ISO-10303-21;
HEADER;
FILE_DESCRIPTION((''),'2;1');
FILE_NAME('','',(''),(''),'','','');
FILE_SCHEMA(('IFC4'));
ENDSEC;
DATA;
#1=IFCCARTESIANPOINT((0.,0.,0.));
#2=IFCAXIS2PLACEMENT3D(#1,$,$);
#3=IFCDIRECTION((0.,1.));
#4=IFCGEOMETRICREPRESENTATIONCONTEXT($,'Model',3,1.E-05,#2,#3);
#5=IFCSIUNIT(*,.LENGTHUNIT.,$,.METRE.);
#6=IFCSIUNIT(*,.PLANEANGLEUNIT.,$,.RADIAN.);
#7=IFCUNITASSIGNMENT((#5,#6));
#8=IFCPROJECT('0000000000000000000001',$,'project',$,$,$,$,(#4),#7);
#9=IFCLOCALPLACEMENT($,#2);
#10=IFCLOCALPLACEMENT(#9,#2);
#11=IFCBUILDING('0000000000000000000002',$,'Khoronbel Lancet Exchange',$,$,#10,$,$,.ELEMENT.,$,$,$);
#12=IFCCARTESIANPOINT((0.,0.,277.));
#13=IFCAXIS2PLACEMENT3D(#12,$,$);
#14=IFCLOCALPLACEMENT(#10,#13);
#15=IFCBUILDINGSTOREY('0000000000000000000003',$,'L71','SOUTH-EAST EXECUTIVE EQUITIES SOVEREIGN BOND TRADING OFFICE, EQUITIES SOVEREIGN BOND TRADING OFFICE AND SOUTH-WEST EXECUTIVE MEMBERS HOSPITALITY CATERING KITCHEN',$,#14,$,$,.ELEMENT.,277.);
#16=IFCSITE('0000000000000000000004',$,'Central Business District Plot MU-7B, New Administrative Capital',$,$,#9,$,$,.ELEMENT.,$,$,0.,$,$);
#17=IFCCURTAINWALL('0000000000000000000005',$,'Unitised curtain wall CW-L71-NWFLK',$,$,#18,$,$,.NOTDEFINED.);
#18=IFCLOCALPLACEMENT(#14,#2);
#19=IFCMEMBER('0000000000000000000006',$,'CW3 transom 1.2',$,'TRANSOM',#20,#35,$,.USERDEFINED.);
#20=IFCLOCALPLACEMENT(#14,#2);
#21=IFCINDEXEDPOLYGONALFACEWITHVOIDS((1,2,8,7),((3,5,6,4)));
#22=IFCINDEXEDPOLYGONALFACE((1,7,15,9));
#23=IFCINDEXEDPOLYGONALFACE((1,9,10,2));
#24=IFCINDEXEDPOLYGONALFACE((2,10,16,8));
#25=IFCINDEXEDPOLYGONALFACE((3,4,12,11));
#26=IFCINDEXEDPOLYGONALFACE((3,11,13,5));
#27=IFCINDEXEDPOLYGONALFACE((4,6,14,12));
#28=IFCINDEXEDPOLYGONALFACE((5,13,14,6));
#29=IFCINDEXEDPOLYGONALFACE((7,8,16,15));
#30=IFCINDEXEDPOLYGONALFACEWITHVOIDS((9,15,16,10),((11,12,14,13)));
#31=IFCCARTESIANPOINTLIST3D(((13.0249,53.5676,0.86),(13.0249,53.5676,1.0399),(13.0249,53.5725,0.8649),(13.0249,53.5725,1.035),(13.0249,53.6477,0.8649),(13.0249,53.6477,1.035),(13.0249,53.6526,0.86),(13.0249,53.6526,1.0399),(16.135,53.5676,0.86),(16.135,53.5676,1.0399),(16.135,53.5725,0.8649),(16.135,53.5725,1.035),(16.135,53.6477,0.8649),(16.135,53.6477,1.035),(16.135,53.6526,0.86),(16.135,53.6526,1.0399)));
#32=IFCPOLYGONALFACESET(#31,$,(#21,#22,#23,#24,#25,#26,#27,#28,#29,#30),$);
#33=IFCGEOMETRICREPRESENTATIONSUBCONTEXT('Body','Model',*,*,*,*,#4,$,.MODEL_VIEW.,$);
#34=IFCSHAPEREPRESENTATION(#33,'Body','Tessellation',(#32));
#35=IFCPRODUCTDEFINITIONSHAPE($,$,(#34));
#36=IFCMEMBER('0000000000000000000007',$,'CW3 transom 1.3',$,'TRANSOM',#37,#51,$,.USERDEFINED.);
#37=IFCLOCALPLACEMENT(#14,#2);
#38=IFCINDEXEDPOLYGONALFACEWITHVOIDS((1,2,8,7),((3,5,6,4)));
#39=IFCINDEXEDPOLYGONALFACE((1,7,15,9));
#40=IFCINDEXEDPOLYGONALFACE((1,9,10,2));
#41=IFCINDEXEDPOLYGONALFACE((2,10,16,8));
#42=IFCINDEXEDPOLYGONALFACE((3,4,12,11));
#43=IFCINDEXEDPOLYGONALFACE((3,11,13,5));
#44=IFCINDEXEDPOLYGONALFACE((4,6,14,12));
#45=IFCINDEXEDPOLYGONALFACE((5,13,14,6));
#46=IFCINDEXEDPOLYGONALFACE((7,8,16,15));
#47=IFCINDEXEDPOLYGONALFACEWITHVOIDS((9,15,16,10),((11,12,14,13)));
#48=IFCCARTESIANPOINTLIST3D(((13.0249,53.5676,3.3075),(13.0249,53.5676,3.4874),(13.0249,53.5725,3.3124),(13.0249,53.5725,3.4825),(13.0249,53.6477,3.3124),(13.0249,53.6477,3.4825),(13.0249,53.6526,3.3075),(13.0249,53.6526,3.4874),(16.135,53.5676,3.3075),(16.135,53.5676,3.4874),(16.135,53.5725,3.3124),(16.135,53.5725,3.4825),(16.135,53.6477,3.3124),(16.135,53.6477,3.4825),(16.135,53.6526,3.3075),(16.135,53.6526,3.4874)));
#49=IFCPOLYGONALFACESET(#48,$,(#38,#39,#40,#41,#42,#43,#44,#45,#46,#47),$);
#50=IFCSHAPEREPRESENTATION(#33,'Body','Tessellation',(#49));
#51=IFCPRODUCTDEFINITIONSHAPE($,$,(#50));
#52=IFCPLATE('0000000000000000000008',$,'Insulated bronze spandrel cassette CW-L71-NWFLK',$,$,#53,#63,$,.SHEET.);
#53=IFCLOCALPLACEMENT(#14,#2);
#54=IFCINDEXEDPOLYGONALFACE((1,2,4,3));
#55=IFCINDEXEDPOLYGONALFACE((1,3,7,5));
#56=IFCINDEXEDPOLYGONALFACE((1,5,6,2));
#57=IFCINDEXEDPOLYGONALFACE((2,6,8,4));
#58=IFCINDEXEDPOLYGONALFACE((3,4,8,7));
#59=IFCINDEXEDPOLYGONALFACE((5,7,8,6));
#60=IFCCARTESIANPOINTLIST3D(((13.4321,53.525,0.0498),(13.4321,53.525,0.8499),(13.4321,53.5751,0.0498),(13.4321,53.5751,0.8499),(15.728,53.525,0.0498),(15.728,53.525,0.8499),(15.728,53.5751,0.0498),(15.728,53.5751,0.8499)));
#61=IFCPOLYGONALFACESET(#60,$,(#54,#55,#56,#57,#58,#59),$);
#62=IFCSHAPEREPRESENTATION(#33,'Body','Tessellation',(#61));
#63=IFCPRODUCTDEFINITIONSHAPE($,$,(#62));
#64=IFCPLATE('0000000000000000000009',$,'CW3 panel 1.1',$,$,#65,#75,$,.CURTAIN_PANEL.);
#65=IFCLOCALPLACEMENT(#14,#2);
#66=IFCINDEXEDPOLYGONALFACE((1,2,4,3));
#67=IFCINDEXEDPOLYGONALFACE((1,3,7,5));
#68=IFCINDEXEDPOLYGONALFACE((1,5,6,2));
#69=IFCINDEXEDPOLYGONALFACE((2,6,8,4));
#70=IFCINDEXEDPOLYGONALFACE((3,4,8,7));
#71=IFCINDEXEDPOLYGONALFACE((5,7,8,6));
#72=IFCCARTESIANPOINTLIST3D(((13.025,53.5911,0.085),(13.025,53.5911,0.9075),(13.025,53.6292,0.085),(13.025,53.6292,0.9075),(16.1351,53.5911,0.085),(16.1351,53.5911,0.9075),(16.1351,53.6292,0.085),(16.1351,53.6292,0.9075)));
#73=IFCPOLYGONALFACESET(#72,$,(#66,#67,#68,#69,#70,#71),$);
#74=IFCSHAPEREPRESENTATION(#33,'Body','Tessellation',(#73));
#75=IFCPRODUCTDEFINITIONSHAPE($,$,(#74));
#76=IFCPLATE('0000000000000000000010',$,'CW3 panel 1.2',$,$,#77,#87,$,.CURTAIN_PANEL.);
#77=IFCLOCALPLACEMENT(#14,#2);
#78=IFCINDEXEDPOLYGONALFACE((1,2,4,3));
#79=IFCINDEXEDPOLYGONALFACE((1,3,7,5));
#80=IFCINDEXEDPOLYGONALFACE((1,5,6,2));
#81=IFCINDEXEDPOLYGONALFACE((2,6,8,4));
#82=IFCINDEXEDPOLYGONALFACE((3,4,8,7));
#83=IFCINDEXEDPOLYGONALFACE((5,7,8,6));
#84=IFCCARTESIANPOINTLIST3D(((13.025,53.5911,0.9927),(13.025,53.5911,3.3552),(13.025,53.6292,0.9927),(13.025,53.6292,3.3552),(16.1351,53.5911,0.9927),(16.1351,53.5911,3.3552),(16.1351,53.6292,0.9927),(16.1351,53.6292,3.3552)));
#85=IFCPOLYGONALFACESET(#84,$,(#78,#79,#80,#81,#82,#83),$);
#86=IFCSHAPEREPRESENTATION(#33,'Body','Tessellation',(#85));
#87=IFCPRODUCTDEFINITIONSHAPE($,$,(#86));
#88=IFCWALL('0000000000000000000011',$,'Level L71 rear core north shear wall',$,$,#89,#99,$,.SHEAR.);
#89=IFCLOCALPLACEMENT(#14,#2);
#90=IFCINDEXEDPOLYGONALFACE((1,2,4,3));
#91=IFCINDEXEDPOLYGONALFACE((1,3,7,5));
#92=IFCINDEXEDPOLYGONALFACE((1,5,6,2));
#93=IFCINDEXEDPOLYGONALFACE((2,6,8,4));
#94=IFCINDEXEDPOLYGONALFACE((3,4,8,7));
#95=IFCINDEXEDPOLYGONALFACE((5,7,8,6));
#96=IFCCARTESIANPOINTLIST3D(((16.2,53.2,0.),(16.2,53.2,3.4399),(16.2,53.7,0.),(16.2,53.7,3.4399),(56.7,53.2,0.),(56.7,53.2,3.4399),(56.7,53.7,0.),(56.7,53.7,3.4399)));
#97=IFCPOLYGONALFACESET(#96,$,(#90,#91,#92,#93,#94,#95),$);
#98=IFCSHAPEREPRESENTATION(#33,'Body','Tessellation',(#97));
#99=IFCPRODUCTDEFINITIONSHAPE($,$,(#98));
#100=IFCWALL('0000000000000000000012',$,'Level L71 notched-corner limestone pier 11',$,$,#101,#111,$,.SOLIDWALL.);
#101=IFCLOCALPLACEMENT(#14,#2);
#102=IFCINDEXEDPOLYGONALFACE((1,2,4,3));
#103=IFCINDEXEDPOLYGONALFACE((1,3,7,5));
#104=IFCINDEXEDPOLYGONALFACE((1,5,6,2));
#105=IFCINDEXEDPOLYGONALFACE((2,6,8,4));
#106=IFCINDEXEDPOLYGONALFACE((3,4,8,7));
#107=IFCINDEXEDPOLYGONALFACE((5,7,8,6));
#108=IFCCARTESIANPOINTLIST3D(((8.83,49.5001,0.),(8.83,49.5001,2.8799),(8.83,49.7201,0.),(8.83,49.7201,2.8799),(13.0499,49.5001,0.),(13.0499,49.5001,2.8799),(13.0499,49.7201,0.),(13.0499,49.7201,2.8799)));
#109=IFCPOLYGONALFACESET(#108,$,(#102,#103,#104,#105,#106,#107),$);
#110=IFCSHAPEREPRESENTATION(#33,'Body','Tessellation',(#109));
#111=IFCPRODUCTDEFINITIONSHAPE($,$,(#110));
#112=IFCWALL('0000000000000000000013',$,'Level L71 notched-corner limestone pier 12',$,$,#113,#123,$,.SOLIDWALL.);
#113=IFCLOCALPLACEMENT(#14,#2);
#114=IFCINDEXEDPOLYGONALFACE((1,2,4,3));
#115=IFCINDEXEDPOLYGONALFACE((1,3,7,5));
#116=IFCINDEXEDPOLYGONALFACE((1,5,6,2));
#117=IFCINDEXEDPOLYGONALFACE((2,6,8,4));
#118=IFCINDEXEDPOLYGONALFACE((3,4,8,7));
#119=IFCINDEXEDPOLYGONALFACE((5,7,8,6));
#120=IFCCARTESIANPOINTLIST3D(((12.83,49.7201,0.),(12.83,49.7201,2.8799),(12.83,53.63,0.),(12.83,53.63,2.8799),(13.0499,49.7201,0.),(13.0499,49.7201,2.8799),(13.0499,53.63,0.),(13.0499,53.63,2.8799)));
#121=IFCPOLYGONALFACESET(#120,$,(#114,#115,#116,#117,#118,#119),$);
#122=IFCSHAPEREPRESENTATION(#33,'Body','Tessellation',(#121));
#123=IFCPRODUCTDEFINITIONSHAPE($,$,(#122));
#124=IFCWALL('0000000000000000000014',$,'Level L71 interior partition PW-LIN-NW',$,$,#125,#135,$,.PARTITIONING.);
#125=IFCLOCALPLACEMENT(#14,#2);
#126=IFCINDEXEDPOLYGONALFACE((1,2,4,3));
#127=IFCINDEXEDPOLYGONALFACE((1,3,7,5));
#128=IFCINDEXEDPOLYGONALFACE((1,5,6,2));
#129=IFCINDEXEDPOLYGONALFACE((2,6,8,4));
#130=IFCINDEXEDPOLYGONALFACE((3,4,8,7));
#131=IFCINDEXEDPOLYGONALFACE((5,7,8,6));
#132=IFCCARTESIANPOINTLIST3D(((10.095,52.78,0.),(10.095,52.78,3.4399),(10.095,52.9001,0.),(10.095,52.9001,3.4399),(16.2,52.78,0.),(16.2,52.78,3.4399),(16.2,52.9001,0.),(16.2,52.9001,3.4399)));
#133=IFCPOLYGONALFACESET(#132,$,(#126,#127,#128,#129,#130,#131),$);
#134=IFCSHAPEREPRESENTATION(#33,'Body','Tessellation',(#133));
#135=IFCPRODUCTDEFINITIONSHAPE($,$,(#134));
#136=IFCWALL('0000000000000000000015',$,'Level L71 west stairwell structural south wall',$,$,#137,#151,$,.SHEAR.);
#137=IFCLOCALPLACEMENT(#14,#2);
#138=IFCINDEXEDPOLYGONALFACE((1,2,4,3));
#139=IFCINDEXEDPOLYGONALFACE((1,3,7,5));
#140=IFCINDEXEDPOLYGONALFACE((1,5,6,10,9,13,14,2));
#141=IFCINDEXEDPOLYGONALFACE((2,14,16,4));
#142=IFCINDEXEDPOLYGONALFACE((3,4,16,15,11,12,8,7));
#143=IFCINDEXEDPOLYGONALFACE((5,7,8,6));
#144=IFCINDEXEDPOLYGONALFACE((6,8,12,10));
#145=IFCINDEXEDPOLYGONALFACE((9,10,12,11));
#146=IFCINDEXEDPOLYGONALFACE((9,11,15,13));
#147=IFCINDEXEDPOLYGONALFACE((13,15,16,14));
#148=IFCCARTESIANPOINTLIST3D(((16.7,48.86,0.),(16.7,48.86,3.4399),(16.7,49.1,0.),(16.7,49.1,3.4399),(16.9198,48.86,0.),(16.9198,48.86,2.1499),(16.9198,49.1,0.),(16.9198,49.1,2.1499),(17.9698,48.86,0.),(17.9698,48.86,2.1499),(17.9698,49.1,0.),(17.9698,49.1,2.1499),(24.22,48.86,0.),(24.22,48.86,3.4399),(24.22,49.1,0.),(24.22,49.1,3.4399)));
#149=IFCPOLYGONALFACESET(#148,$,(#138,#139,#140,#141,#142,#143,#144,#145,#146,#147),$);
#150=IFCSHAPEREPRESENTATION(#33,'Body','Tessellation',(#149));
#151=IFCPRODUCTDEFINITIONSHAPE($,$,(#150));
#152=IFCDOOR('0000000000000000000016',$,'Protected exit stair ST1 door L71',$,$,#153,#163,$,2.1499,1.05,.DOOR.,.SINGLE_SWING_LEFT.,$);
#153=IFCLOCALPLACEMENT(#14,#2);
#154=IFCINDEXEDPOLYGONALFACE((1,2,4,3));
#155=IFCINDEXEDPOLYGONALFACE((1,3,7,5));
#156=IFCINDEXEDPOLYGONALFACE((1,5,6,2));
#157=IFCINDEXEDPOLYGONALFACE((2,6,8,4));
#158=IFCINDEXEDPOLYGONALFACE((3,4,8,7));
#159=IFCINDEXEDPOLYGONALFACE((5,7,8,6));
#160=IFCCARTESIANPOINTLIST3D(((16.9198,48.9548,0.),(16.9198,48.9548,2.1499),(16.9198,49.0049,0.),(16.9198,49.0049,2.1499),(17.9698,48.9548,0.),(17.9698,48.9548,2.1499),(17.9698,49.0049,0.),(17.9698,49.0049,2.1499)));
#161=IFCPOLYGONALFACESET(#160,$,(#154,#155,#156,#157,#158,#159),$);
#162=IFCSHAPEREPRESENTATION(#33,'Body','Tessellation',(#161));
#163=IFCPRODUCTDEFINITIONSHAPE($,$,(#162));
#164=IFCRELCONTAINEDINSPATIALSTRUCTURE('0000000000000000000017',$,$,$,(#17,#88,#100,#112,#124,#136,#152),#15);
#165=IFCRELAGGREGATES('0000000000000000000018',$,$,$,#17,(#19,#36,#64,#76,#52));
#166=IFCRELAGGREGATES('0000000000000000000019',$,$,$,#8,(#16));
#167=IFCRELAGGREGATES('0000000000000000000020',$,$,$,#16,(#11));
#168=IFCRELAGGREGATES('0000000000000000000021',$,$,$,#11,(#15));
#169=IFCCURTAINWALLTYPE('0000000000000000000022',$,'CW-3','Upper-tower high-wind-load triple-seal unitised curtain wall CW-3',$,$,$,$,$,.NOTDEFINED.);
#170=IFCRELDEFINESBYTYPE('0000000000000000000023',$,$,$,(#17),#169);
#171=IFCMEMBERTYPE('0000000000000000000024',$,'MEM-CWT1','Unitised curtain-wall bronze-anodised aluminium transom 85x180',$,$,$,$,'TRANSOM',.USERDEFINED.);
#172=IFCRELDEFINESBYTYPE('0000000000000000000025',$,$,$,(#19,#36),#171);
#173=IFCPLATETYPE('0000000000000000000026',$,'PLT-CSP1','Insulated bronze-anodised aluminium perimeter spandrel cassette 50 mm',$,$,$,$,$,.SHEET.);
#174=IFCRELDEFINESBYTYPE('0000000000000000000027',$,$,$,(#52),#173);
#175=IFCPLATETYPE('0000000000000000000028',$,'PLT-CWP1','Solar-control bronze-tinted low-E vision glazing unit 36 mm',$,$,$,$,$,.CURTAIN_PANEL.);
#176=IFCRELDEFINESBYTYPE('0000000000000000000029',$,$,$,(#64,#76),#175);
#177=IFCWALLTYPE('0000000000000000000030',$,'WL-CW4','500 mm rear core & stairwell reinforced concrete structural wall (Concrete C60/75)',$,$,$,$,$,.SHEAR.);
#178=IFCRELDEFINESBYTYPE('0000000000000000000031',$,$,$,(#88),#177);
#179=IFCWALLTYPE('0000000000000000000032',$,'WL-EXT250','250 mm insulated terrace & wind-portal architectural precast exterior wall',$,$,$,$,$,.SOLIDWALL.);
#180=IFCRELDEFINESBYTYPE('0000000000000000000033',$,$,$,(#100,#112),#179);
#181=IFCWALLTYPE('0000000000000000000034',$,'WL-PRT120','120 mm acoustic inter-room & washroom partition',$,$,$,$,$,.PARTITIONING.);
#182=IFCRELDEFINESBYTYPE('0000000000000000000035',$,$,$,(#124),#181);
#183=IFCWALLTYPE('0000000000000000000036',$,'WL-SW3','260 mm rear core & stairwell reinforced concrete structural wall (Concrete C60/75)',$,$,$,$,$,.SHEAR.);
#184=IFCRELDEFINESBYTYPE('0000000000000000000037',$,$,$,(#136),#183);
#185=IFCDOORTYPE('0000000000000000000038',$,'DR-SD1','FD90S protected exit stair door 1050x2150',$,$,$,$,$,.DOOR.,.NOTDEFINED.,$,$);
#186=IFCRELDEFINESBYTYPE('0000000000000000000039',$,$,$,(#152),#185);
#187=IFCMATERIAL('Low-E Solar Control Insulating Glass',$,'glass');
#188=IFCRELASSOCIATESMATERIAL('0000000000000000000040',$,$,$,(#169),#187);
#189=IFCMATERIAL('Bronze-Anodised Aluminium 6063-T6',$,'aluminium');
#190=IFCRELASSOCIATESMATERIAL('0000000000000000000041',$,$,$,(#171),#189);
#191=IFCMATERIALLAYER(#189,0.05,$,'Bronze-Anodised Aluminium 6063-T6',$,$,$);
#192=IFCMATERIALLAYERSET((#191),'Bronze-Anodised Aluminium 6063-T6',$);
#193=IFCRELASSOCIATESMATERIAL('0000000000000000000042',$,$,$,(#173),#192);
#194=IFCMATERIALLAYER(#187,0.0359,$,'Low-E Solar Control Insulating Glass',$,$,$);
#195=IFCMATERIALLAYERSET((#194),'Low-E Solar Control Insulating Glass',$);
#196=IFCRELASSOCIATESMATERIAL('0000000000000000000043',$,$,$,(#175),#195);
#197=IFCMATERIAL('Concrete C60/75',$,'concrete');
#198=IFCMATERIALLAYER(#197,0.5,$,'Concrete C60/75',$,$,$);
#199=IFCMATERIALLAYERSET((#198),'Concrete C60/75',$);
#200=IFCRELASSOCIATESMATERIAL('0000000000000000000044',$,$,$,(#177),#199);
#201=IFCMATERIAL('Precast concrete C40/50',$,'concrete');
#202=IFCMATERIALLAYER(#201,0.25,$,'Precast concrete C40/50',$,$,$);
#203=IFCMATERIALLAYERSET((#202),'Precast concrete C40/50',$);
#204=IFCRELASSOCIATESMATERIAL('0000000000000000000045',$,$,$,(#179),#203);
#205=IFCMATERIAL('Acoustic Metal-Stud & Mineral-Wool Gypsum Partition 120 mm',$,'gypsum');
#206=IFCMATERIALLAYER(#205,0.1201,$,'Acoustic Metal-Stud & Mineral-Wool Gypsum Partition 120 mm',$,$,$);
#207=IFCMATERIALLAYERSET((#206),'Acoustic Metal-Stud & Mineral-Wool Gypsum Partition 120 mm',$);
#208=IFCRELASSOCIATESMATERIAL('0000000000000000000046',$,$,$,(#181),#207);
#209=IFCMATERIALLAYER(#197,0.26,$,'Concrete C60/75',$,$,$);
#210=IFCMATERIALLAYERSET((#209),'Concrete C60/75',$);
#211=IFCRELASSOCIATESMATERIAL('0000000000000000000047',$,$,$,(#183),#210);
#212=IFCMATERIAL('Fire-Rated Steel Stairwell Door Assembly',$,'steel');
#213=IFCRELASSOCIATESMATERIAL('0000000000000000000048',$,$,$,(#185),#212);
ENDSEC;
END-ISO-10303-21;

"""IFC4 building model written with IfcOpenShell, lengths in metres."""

from ifc_helpers import new_model, si_unit, direction, frame, frame_2d, origin, origin_2d, place, context, subcontext, project, spatial, rectangle, hollow_rectangle, extrude, material, layer, layer_set, material_profile, profile_set, type_object, element, fill, aggregate, save


model = new_model("IFC4")

# Units and contexts
model_context = context("Model", 3, precision=1e-05, world=origin(), true_north=direction((0.0, 1.0)))
body_context = subcontext(model_context, "Body", "Model", "MODEL_VIEW")
ifc_project = project(units=[si_unit("LENGTHUNIT", "METRE"), si_unit("PLANEANGLEUNIT", "RADIAN")], contexts=[model_context])

# Site, building, storey
site_placement = place(None, origin())
site = spatial("IfcSite", under=ifc_project, at=site_placement, Name="Central Business District Plot MU-7B, New Administrative Capital", CompositionType="ELEMENT", RefElevation=0.0)
building_placement = place(site_placement, origin())
building = spatial("IfcBuilding", under=site, at=building_placement, Name="Khoronbel Lancet Exchange", CompositionType="ELEMENT")
storey_placement = place(building_placement, frame((0.0, 0.0, 277.0)))
storey = spatial("IfcBuildingStorey", under=building, at=storey_placement, Name="L71", Description="SOUTH-EAST EXECUTIVE EQUITIES SOVEREIGN BOND TRADING OFFICE, EQUITIES SOVEREIGN BOND TRADING OFFICE AND SOUTH-WEST EXECUTIVE MEMBERS HOSPITALITY CATERING KITCHEN", CompositionType="ELEMENT", Elevation=277.0)

# Curtain wall, members, plates
ifc_material_1 = material(Name="Low-E Solar Control Insulating Glass", Category="glass")
curtain_wall_type = type_object("IfcCurtainWallType", Name="CW-3", Description="Upper-tower high-wind-load triple-seal unitised curtain wall CW-3", PredefinedType="NOTDEFINED", material=ifc_material_1)
curtain_wall_placement = place(storey_placement, origin())
curtain_wall = element("IfcCurtainWall", 1, at=curtain_wall_placement, inside=storey, type_object=curtain_wall_type, Name="Unitised curtain wall CW-L71-NWFLK", PredefinedType="NOTDEFINED")
ifc_material_2 = material(Name="Bronze-Anodised Aluminium 6063-T6", Category="aluminium")
ifc_material_profile_1 = material_profile(ifc_material_2, hollow_rectangle(XDim=0.085, YDim=0.1799, WallThickness=0.0049, at=origin_2d()), Name="ALU TRANSOM 85x180")
ifc_profile_set_1 = profile_set([ifc_material_profile_1], Name="Bronze-Anodised Aluminium 6063-T6")
member_type_1 = type_object("IfcMemberType", Name="MEM-CWT1", Description="Unitised curtain-wall bronze-anodised aluminium transom 85x180", ElementType="TRANSOM", PredefinedType="USERDEFINED", material=ifc_profile_set_1)
member_1_placement = place(storey_placement, frame((16.135, 53.6101, 0.95), z_axis=(-1.0, 0.0, 0.0), x_axis=(0.0, -1.0, 0.0)))
member_1 = element("IfcMember", 2, at=member_1_placement, type_object=member_type_1, Name="CW3 transom 1.2", ObjectType="TRANSOM", PredefinedType="USERDEFINED", context=body_context, shape_type="SweptSolid", body=[
    extrude(hollow_rectangle(XDim=0.085, YDim=0.1799, WallThickness=0.0049, at=origin_2d()), origin(), (0.0, 0.0, 1.0), 3.1101),
])
member_2_placement = place(storey_placement, frame((16.135, 53.6101, 3.3975), z_axis=(-1.0, 0.0, 0.0), x_axis=(0.0, -1.0, 0.0)))
member_2 = element("IfcMember", 3, at=member_2_placement, type_object=member_type_1, Name="CW3 transom 1.3", ObjectType="TRANSOM", PredefinedType="USERDEFINED", context=body_context, shape_type="SweptSolid", body=[
    extrude(hollow_rectangle(XDim=0.085, YDim=0.1799, WallThickness=0.0049, at=origin_2d()), origin(), (0.0, 0.0, 1.0), 3.1101),
])
ifc_layer_1 = layer(ifc_material_2, 0.05, Name="Bronze-Anodised Aluminium 6063-T6")
ifc_layer_set_1 = layer_set([ifc_layer_1], Name="Bronze-Anodised Aluminium 6063-T6")
plate_type_1 = type_object("IfcPlateType", Name="PLT-CSP1", Description="Insulated bronze-anodised aluminium perimeter spandrel cassette 50 mm", PredefinedType="SHEET", material=ifc_layer_set_1)
plate_1_placement = place(storey_placement, frame((14.5801, 53.55, 0.0498), z_axis=(0.0, 0.0, 1.0), x_axis=(-1.0, 0.0, 0.0)))
plate_1 = element("IfcPlate", 4, at=plate_1_placement, type_object=plate_type_1, Name="Insulated bronze spandrel cassette CW-L71-NWFLK", PredefinedType="SHEET", context=body_context, shape_type="SweptSolid", body=[
    extrude(rectangle(XDim=2.2959, YDim=0.05, at=origin_2d()), origin(), (0.0, 0.0, 1.0), 0.8),
])
ifc_layer_2 = layer(ifc_material_1, 0.0359, Name="Low-E Solar Control Insulating Glass")
ifc_layer_set_2 = layer_set([ifc_layer_2], Name="Low-E Solar Control Insulating Glass")
plate_type_2 = type_object("IfcPlateType", Name="PLT-CWP1", Description="Solar-control bronze-tinted low-E vision glazing unit 36 mm", PredefinedType="CURTAIN_PANEL", material=ifc_layer_set_2)
plate_2_placement = place(storey_placement, frame((14.5801, 53.6101, 0.085), z_axis=(0.0, 0.0, 1.0), x_axis=(-1.0, 0.0, 0.0)))
plate_2 = element("IfcPlate", 5, at=plate_2_placement, type_object=plate_type_2, Name="CW3 panel 1.1", PredefinedType="CURTAIN_PANEL", context=body_context, shape_type="SweptSolid", body=[
    extrude(rectangle(XDim=3.1101, YDim=0.0381, at=origin_2d()), origin(), (0.0, 0.0, 1.0), 0.8225),
])
plate_3_placement = place(storey_placement, frame((14.5801, 53.6101, 0.9927), z_axis=(0.0, 0.0, 1.0), x_axis=(-1.0, 0.0, 0.0)))
plate_3 = element("IfcPlate", 6, at=plate_3_placement, type_object=plate_type_2, Name="CW3 panel 1.2", PredefinedType="CURTAIN_PANEL", context=body_context, shape_type="SweptSolid", body=[
    extrude(rectangle(XDim=3.1101, YDim=0.0381, at=origin_2d()), origin(), (0.0, 0.0, 1.0), 2.3625),
])
aggregate(curtain_wall, [member_1, member_2, plate_2, plate_3, plate_1])

# Walls
ifc_material_3 = material(Name="Concrete C60/75", Category="concrete")
ifc_layer_3 = layer(ifc_material_3, 0.5, Name="Concrete C60/75")
ifc_layer_set_3 = layer_set([ifc_layer_3], Name="Concrete C60/75")
wall_type_1 = type_object("IfcWallType", Name="WL-CW4", Description="500 mm rear core & stairwell reinforced concrete structural wall (Concrete C60/75)", PredefinedType="SHEAR", material=ifc_layer_set_3)
wall_1_placement = place(storey_placement, frame((16.2, 53.45, 0.0), z_axis=(0.0, 0.0, 1.0), x_axis=(1.0, 0.0, 0.0)))
element("IfcWall", 7, at=wall_1_placement, inside=storey, type_object=wall_type_1, Name="Level L71 rear core north shear wall", PredefinedType="SHEAR", context=body_context, shape_type="SweptSolid", body=[
    extrude(rectangle(XDim=40.5, YDim=0.5, at=frame_2d((20.25, 0.0))), origin(), (0.0, 0.0, 1.0), 3.4399),
])
ifc_material_4 = material(Name="Precast concrete C40/50", Category="concrete")
ifc_layer_4 = layer(ifc_material_4, 0.25, Name="Precast concrete C40/50")
ifc_layer_set_4 = layer_set([ifc_layer_4], Name="Precast concrete C40/50")
wall_type_2 = type_object("IfcWallType", Name="WL-EXT250", Description="250 mm insulated terrace & wind-portal architectural precast exterior wall", PredefinedType="SOLIDWALL", material=ifc_layer_set_4)
wall_2_placement = place(storey_placement, frame((8.8301, 49.6101, 0.0), z_axis=(0.0, 0.0, 1.0), x_axis=(1.0, 0.0, 0.0)))
element("IfcWall", 8, at=wall_2_placement, inside=storey, type_object=wall_type_2, Name="Level L71 notched-corner limestone pier 11", PredefinedType="SOLIDWALL", context=body_context, shape_type="SweptSolid", body=[
    extrude(rectangle(XDim=4.22, YDim=0.22, at=frame_2d((2.1099, 0.0))), origin(), (0.0, 0.0, 1.0), 2.8799),
])
wall_3_placement = place(storey_placement, frame((12.9399, 49.72, 0.0), z_axis=(0.0, 0.0, 1.0), x_axis=(0.0, 1.0, 0.0)))
element("IfcWall", 9, at=wall_3_placement, inside=storey, type_object=wall_type_2, Name="Level L71 notched-corner limestone pier 12", PredefinedType="SOLIDWALL", context=body_context, shape_type="SweptSolid", body=[
    extrude(rectangle(XDim=3.9099, YDim=0.22, at=frame_2d((1.9551, 0.0))), origin(), (0.0, 0.0, 1.0), 2.8799),
])
ifc_material_5 = material(Name="Acoustic Metal-Stud & Mineral-Wool Gypsum Partition 120 mm", Category="gypsum")
ifc_layer_5 = layer(ifc_material_5, 0.1201, Name="Acoustic Metal-Stud & Mineral-Wool Gypsum Partition 120 mm")
ifc_layer_set_5 = layer_set([ifc_layer_5], Name="Acoustic Metal-Stud & Mineral-Wool Gypsum Partition 120 mm")
wall_type_3 = type_object("IfcWallType", Name="WL-PRT120", Description="120 mm acoustic inter-room & washroom partition", PredefinedType="PARTITIONING", material=ifc_layer_set_5)
wall_4_placement = place(storey_placement, frame((10.095, 52.8401, 0.0), z_axis=(0.0, 0.0, 1.0), x_axis=(1.0, 0.0, 0.0)))
element("IfcWall", 10, at=wall_4_placement, inside=storey, type_object=wall_type_3, Name="Level L71 interior partition PW-LIN-NW", PredefinedType="PARTITIONING", context=body_context, shape_type="SweptSolid", body=[
    extrude(rectangle(XDim=6.105, YDim=0.1201, at=frame_2d((3.0525, 0.0))), origin(), (0.0, 0.0, 1.0), 3.4399),
])

# Wall, opening, door
ifc_layer_6 = layer(ifc_material_3, 0.26, Name="Concrete C60/75")
ifc_layer_set_6 = layer_set([ifc_layer_6], Name="Concrete C60/75")
wall_type_4 = type_object("IfcWallType", Name="WL-SW3", Description="260 mm rear core & stairwell reinforced concrete structural wall (Concrete C60/75)", PredefinedType="SHEAR", material=ifc_layer_set_6)
wall_5_placement = place(storey_placement, frame((16.7, 48.98, 0.0), z_axis=(0.0, 0.0, 1.0), x_axis=(1.0, 0.0, 0.0)))
wall_5 = element("IfcWall", 11, at=wall_5_placement, inside=storey, type_object=wall_type_4, Name="Level L71 west stairwell structural south wall", PredefinedType="SHEAR", context=body_context, shape_type="SweptSolid", body=[
    extrude(rectangle(XDim=7.52, YDim=0.24, at=frame_2d((3.76, 0.0))), origin(), (0.0, 0.0, 1.0), 3.4399),
])
opening_placement = place(wall_5_placement, frame((0.22, 0.0, 0.0)))
opening = element("IfcOpeningElement", 12, at=opening_placement, cuts=wall_5, PredefinedType="OPENING", context=body_context, shape_type="SweptSolid", body=[
    extrude(rectangle(XDim=1.05, YDim=2.1499, at=frame_2d((0.5249, 1.075))), frame((0.0, 0.1299, 0.0), z_axis=(0.0, -1.0, 0.0), x_axis=(1.0, 0.0, 0.0)), (0.0, 0.0, 1.0), 0.26),
])
ifc_material_6 = material(Name="Fire-Rated Steel Stairwell Door Assembly", Category="steel")
door_type = type_object("IfcDoorType", Name="DR-SD1", Description="FD90S protected exit stair door 1050x2150", OperationType="NOTDEFINED", PredefinedType="DOOR", material=ifc_material_6)
door_placement = place(opening_placement, origin())
door = element("IfcDoor", 13, at=door_placement, inside=storey, type_object=door_type, Name="Protected exit stair ST1 door L71", OperationType="SINGLE_SWING_LEFT", OverallHeight=2.1499, OverallWidth=1.05, PredefinedType="DOOR", context=body_context, shape_type="SweptSolid", body=[
    extrude(rectangle(XDim=1.05, YDim=2.1499, at=frame_2d((0.5249, 1.075))), frame((0.0, 0.0249, 0.0), z_axis=(0.0, -1.0, 0.0), x_axis=(1.0, 0.0, 0.0)), (0.0, 0.0, 1.0), 0.05),
])
fill(opening, door)

save(model, "model.ifc")
